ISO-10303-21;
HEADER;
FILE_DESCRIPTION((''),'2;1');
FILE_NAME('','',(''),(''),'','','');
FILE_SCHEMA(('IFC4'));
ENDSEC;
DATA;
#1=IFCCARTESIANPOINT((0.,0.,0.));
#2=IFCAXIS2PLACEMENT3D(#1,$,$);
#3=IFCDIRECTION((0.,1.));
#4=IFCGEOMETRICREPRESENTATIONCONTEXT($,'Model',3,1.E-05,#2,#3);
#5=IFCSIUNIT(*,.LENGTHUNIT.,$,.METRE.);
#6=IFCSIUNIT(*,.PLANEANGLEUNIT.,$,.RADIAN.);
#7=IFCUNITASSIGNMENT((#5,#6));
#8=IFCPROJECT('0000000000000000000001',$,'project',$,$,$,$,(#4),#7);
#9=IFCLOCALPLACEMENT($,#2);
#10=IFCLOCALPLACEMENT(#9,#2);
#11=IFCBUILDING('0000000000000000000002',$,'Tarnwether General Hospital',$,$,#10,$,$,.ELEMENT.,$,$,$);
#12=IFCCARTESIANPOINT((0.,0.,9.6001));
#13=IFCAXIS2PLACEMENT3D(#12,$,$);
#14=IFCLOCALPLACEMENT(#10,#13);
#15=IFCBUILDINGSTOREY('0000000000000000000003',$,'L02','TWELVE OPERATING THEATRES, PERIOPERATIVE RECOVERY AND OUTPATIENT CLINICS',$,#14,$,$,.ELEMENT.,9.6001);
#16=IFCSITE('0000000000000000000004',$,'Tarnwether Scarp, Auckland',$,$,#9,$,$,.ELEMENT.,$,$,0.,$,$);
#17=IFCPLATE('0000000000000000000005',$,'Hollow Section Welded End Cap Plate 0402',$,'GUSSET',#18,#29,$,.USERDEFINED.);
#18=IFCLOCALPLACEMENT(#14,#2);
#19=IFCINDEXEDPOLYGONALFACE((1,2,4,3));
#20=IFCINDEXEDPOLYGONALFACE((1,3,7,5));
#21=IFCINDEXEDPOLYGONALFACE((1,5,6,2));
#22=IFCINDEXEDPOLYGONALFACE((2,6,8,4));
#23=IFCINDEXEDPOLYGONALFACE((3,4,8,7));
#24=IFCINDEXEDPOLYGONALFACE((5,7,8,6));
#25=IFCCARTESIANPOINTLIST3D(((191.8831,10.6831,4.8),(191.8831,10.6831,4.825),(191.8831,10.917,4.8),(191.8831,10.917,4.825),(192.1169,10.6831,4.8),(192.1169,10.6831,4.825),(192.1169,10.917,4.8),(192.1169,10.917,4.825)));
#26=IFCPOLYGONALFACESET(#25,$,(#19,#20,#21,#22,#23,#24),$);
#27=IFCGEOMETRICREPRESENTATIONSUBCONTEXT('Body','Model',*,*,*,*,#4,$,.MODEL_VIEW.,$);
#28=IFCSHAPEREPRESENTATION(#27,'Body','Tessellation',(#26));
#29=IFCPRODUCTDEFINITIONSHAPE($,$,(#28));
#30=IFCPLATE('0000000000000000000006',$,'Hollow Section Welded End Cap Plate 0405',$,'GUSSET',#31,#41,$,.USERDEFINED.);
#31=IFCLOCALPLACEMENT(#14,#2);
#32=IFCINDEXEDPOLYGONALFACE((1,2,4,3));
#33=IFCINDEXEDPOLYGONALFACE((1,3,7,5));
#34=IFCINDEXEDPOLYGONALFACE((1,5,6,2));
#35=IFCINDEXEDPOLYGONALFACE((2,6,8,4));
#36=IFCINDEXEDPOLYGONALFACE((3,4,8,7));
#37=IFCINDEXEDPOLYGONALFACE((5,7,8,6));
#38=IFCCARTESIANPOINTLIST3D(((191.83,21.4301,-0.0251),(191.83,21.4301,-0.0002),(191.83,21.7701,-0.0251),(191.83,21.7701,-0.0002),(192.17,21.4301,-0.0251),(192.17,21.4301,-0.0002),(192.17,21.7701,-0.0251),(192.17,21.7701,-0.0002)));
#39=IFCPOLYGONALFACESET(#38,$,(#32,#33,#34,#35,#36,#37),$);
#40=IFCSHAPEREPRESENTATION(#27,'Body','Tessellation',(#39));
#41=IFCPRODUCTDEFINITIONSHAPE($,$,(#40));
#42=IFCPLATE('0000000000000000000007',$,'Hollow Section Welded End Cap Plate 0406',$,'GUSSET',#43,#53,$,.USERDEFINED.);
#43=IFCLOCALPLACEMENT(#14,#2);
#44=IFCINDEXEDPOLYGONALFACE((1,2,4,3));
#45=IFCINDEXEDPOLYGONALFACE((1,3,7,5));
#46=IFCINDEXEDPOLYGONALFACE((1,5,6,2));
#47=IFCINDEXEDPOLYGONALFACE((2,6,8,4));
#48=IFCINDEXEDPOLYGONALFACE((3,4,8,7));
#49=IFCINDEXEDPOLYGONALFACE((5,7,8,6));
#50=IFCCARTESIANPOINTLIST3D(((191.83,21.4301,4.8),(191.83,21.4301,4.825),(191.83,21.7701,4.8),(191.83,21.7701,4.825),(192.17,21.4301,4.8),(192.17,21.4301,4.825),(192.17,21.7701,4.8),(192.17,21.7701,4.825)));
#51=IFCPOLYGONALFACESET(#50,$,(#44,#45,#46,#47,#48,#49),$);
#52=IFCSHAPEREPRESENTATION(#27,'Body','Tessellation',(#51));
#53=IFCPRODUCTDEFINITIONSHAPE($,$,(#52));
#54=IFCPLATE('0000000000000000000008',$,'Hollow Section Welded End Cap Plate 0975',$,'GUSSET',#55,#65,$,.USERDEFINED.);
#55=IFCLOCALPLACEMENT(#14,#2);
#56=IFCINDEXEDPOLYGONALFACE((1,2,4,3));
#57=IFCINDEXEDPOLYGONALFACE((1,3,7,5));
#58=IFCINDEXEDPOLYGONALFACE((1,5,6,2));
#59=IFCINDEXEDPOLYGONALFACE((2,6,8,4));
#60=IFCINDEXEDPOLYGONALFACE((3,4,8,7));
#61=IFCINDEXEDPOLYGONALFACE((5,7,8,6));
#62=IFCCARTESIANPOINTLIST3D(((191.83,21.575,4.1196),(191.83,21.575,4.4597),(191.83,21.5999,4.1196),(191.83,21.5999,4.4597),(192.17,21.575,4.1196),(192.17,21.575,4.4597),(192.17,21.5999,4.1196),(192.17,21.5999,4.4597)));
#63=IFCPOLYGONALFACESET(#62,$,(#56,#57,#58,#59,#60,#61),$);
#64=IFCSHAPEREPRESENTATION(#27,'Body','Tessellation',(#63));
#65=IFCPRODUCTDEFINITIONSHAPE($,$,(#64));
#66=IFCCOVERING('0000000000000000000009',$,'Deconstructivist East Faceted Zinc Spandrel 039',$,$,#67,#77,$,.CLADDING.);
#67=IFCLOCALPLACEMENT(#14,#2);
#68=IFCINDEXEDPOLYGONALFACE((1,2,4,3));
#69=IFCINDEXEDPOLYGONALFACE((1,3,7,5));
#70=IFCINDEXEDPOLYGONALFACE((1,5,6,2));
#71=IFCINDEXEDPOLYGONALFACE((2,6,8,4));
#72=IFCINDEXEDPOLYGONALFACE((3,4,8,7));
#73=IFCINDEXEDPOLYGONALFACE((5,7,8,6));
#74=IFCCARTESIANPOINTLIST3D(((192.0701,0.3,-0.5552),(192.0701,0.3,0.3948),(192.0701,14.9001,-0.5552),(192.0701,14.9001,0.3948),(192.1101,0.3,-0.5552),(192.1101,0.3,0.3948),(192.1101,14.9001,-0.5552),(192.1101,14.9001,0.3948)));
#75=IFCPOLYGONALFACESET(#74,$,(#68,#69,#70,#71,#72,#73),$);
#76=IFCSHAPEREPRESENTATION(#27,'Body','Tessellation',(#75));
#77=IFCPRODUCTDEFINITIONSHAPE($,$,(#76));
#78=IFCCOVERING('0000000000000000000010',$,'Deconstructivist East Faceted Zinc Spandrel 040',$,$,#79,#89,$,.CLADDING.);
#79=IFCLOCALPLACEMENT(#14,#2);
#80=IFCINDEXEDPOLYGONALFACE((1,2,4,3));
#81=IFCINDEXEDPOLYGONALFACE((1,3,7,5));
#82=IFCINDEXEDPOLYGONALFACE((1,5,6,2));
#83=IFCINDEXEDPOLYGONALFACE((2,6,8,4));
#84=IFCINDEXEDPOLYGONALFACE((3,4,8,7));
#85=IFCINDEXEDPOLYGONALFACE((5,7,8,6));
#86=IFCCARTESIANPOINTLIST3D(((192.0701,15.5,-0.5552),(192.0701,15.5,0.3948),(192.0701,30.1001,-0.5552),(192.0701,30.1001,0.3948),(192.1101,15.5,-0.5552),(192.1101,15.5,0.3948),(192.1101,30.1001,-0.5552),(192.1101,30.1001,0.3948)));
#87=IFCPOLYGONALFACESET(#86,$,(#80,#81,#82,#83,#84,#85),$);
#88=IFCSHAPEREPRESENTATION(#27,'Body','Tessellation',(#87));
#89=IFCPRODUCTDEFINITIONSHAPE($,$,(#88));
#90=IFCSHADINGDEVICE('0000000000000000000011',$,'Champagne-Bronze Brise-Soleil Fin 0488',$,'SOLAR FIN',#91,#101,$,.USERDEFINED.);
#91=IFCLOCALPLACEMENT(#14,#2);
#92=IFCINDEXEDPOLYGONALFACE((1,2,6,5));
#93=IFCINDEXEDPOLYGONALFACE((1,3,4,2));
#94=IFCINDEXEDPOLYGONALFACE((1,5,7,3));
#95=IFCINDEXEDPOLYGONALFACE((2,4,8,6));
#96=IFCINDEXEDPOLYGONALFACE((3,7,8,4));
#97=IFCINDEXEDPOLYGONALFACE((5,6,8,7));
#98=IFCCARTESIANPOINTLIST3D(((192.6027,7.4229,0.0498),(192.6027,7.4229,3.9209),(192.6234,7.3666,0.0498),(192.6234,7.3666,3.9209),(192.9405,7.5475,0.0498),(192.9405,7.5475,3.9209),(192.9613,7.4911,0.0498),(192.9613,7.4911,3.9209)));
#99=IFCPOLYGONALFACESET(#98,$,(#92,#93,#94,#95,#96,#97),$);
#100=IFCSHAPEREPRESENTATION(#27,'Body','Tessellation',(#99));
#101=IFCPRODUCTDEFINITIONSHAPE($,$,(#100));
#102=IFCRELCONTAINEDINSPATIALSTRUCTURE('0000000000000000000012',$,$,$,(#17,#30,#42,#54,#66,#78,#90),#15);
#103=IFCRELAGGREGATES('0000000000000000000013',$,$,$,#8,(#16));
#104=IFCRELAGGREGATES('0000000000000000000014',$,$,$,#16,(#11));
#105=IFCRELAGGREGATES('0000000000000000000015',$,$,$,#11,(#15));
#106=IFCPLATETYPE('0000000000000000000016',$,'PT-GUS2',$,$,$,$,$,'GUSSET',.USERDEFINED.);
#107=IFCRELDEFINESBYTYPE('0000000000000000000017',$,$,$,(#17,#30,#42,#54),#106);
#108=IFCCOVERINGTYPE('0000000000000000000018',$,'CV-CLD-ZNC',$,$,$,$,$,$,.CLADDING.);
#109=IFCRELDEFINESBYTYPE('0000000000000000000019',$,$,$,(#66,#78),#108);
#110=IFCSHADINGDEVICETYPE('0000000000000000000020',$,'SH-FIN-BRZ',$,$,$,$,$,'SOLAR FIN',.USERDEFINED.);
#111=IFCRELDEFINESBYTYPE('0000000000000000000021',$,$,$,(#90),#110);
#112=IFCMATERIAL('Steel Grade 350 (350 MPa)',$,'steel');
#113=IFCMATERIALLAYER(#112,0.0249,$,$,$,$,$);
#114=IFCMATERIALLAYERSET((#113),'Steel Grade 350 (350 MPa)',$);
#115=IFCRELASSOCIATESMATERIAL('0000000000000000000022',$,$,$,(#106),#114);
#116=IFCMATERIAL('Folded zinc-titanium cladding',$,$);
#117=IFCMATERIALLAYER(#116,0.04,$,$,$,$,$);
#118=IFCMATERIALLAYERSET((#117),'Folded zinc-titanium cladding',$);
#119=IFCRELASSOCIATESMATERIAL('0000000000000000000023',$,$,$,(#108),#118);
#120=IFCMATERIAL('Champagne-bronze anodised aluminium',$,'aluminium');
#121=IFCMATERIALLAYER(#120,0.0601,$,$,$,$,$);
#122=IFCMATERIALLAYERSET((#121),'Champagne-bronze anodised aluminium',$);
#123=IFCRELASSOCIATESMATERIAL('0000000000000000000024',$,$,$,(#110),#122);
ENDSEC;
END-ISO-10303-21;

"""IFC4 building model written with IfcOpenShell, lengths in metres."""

from ifc_helpers import new_model, si_unit, direction, frame, origin, origin_2d, place, context, subcontext, project, spatial, rectangle, extrude, material, layer, layer_set, type_object, element, save


model = new_model("IFC4")

# Units and contexts
model_context = context("Model", 3, precision=1e-05, world=origin(), true_north=direction((0.0, 1.0)))
body_context = subcontext(model_context, "Body", "Model", "MODEL_VIEW")
ifc_project = project(units=[si_unit("LENGTHUNIT", "METRE"), si_unit("PLANEANGLEUNIT", "RADIAN")], contexts=[model_context])

# Site, building, storey
site_placement = place(None, origin())
site = spatial("IfcSite", under=ifc_project, at=site_placement, Name="Tarnwether Scarp, Auckland", CompositionType="ELEMENT", RefElevation=0.0)
building_placement = place(site_placement, origin())
building = spatial("IfcBuilding", under=site, at=building_placement, Name="Tarnwether General Hospital", CompositionType="ELEMENT")
storey_placement = place(building_placement, frame((0.0, 0.0, 9.6001)))
storey = spatial("IfcBuildingStorey", under=building, at=storey_placement, Name="L02", Description="TWELVE OPERATING THEATRES, PERIOPERATIVE RECOVERY AND OUTPATIENT CLINICS", CompositionType="ELEMENT", Elevation=9.6001)

# Plates
ifc_material_1 = material(Name="Steel Grade 350 (350 MPa)", Category="steel")
ifc_layer_1 = layer(ifc_material_1, 0.0249)
ifc_layer_set_1 = layer_set([ifc_layer_1], Name="Steel Grade 350 (350 MPa)")
plate_type_1 = type_object("IfcPlateType", Name="PT-GUS2", ElementType="GUSSET", PredefinedType="USERDEFINED", material=ifc_layer_set_1)
for number, where, z_axis, x_axis, name in (
    (1, (192.0, 10.8, 4.8), (0.0, 0.0, 1.0), (1.0, 0.0, 0.0), "Hollow Section Welded End Cap Plate 0402"),
):
    element("IfcPlate", number, at=place(storey_placement, frame(where, z_axis=z_axis, x_axis=x_axis)), inside=storey, type_object=plate_type_1, Name=name, ObjectType="GUSSET", PredefinedType="USERDEFINED", context=body_context, shape_type="SweptSolid", body=[
        extrude(rectangle(XDim=0.2339, YDim=0.2339, at=origin_2d()), origin(), (0.0, 0.0, 1.0), 0.0249),
    ])
for number, where, z_axis, x_axis, name in (
    (2, (192.0, 21.6001, -0.0251), (0.0, 0.0, 1.0), (1.0, 0.0, 0.0), "Hollow Section Welded End Cap Plate 0405"),
    (3, (192.0, 21.6001, 4.8), (0.0, 0.0, 1.0), (1.0, 0.0, 0.0), "Hollow Section Welded End Cap Plate 0406"),
):
    element("IfcPlate", number, at=place(storey_placement, frame(where, z_axis=z_axis, x_axis=x_axis)), inside=storey, type_object=plate_type_1, Name=name, ObjectType="GUSSET", PredefinedType="USERDEFINED", context=body_context, shape_type="SweptSolid", body=[
        extrude(rectangle(XDim=0.3401, YDim=0.3401, at=origin_2d()), origin(), (0.0, 0.0, 1.0), 0.0249),
    ])
plate_1_placement = place(storey_placement, frame((192.0, 21.5874, 4.1196), z_axis=(0.0, 0.0, 1.0), x_axis=(0.0, 1.0, 0.0)))
element("IfcPlate", 4, at=plate_1_placement, inside=storey, type_object=plate_type_1, Name="Hollow Section Welded End Cap Plate 0975", ObjectType="GUSSET", PredefinedType="USERDEFINED", context=body_context, shape_type="SweptSolid", body=[
    extrude(rectangle(XDim=0.0249, YDim=0.3401, at=origin_2d()), origin(), (0.0, 0.0, 1.0), 0.3401),
])

# Coverings
ifc_material_2 = material(Name="Folded zinc-titanium cladding")
ifc_layer_2 = layer(ifc_material_2, 0.04)
ifc_layer_set_2 = layer_set([ifc_layer_2], Name="Folded zinc-titanium cladding")
covering_type = type_object("IfcCoveringType", Name="CV-CLD-ZNC", PredefinedType="CLADDING", material=ifc_layer_set_2)
for number, where, z_axis, x_axis, name in (
    (5, (192.0901, 7.6001, -0.5552), (0.0, 0.0, 1.0), (0.0, 1.0, 0.0), "Deconstructivist East Faceted Zinc Spandrel 039"),
    (6, (192.0901, 22.8, -0.5552), (0.0, 0.0, 1.0), (0.0, 1.0, 0.0), "Deconstructivist East Faceted Zinc Spandrel 040"),
):
    element("IfcCovering", number, at=place(storey_placement, frame(where, z_axis=z_axis, x_axis=x_axis)), inside=storey, type_object=covering_type, Name=name, PredefinedType="CLADDING", context=body_context, shape_type="SweptSolid", body=[
        extrude(rectangle(XDim=14.6001, YDim=0.04, at=origin_2d()), origin(), (0.0, 0.0, 1.0), 0.95),
    ])

# Shading device
ifc_material_3 = material(Name="Champagne-bronze anodised aluminium", Category="aluminium")
ifc_layer_3 = layer(ifc_material_3, 0.0601)
ifc_layer_set_3 = layer_set([ifc_layer_3], Name="Champagne-bronze anodised aluminium")
shading_device_type = type_object("IfcShadingDeviceType", Name="SH-FIN-BRZ", ElementType="SOLAR FIN", PredefinedType="USERDEFINED", material=ifc_layer_set_3)
shading_device_placement = place(storey_placement, frame((192.782, 7.457, 0.0498), z_axis=(0.0, 0.0, 1.0), x_axis=(0.345953, -0.938252, 0.0)))
element("IfcShadingDevice", 7, at=shading_device_placement, inside=storey, type_object=shading_device_type, Name="Champagne-Bronze Brise-Soleil Fin 0488", ObjectType="SOLAR FIN", PredefinedType="USERDEFINED", context=body_context, shape_type="SweptSolid", body=[
    extrude(rectangle(XDim=0.0601, YDim=0.3601, at=origin_2d()), origin(), (0.0, 0.0, 1.0), 3.8711),
])

save(model, "model.ifc")
